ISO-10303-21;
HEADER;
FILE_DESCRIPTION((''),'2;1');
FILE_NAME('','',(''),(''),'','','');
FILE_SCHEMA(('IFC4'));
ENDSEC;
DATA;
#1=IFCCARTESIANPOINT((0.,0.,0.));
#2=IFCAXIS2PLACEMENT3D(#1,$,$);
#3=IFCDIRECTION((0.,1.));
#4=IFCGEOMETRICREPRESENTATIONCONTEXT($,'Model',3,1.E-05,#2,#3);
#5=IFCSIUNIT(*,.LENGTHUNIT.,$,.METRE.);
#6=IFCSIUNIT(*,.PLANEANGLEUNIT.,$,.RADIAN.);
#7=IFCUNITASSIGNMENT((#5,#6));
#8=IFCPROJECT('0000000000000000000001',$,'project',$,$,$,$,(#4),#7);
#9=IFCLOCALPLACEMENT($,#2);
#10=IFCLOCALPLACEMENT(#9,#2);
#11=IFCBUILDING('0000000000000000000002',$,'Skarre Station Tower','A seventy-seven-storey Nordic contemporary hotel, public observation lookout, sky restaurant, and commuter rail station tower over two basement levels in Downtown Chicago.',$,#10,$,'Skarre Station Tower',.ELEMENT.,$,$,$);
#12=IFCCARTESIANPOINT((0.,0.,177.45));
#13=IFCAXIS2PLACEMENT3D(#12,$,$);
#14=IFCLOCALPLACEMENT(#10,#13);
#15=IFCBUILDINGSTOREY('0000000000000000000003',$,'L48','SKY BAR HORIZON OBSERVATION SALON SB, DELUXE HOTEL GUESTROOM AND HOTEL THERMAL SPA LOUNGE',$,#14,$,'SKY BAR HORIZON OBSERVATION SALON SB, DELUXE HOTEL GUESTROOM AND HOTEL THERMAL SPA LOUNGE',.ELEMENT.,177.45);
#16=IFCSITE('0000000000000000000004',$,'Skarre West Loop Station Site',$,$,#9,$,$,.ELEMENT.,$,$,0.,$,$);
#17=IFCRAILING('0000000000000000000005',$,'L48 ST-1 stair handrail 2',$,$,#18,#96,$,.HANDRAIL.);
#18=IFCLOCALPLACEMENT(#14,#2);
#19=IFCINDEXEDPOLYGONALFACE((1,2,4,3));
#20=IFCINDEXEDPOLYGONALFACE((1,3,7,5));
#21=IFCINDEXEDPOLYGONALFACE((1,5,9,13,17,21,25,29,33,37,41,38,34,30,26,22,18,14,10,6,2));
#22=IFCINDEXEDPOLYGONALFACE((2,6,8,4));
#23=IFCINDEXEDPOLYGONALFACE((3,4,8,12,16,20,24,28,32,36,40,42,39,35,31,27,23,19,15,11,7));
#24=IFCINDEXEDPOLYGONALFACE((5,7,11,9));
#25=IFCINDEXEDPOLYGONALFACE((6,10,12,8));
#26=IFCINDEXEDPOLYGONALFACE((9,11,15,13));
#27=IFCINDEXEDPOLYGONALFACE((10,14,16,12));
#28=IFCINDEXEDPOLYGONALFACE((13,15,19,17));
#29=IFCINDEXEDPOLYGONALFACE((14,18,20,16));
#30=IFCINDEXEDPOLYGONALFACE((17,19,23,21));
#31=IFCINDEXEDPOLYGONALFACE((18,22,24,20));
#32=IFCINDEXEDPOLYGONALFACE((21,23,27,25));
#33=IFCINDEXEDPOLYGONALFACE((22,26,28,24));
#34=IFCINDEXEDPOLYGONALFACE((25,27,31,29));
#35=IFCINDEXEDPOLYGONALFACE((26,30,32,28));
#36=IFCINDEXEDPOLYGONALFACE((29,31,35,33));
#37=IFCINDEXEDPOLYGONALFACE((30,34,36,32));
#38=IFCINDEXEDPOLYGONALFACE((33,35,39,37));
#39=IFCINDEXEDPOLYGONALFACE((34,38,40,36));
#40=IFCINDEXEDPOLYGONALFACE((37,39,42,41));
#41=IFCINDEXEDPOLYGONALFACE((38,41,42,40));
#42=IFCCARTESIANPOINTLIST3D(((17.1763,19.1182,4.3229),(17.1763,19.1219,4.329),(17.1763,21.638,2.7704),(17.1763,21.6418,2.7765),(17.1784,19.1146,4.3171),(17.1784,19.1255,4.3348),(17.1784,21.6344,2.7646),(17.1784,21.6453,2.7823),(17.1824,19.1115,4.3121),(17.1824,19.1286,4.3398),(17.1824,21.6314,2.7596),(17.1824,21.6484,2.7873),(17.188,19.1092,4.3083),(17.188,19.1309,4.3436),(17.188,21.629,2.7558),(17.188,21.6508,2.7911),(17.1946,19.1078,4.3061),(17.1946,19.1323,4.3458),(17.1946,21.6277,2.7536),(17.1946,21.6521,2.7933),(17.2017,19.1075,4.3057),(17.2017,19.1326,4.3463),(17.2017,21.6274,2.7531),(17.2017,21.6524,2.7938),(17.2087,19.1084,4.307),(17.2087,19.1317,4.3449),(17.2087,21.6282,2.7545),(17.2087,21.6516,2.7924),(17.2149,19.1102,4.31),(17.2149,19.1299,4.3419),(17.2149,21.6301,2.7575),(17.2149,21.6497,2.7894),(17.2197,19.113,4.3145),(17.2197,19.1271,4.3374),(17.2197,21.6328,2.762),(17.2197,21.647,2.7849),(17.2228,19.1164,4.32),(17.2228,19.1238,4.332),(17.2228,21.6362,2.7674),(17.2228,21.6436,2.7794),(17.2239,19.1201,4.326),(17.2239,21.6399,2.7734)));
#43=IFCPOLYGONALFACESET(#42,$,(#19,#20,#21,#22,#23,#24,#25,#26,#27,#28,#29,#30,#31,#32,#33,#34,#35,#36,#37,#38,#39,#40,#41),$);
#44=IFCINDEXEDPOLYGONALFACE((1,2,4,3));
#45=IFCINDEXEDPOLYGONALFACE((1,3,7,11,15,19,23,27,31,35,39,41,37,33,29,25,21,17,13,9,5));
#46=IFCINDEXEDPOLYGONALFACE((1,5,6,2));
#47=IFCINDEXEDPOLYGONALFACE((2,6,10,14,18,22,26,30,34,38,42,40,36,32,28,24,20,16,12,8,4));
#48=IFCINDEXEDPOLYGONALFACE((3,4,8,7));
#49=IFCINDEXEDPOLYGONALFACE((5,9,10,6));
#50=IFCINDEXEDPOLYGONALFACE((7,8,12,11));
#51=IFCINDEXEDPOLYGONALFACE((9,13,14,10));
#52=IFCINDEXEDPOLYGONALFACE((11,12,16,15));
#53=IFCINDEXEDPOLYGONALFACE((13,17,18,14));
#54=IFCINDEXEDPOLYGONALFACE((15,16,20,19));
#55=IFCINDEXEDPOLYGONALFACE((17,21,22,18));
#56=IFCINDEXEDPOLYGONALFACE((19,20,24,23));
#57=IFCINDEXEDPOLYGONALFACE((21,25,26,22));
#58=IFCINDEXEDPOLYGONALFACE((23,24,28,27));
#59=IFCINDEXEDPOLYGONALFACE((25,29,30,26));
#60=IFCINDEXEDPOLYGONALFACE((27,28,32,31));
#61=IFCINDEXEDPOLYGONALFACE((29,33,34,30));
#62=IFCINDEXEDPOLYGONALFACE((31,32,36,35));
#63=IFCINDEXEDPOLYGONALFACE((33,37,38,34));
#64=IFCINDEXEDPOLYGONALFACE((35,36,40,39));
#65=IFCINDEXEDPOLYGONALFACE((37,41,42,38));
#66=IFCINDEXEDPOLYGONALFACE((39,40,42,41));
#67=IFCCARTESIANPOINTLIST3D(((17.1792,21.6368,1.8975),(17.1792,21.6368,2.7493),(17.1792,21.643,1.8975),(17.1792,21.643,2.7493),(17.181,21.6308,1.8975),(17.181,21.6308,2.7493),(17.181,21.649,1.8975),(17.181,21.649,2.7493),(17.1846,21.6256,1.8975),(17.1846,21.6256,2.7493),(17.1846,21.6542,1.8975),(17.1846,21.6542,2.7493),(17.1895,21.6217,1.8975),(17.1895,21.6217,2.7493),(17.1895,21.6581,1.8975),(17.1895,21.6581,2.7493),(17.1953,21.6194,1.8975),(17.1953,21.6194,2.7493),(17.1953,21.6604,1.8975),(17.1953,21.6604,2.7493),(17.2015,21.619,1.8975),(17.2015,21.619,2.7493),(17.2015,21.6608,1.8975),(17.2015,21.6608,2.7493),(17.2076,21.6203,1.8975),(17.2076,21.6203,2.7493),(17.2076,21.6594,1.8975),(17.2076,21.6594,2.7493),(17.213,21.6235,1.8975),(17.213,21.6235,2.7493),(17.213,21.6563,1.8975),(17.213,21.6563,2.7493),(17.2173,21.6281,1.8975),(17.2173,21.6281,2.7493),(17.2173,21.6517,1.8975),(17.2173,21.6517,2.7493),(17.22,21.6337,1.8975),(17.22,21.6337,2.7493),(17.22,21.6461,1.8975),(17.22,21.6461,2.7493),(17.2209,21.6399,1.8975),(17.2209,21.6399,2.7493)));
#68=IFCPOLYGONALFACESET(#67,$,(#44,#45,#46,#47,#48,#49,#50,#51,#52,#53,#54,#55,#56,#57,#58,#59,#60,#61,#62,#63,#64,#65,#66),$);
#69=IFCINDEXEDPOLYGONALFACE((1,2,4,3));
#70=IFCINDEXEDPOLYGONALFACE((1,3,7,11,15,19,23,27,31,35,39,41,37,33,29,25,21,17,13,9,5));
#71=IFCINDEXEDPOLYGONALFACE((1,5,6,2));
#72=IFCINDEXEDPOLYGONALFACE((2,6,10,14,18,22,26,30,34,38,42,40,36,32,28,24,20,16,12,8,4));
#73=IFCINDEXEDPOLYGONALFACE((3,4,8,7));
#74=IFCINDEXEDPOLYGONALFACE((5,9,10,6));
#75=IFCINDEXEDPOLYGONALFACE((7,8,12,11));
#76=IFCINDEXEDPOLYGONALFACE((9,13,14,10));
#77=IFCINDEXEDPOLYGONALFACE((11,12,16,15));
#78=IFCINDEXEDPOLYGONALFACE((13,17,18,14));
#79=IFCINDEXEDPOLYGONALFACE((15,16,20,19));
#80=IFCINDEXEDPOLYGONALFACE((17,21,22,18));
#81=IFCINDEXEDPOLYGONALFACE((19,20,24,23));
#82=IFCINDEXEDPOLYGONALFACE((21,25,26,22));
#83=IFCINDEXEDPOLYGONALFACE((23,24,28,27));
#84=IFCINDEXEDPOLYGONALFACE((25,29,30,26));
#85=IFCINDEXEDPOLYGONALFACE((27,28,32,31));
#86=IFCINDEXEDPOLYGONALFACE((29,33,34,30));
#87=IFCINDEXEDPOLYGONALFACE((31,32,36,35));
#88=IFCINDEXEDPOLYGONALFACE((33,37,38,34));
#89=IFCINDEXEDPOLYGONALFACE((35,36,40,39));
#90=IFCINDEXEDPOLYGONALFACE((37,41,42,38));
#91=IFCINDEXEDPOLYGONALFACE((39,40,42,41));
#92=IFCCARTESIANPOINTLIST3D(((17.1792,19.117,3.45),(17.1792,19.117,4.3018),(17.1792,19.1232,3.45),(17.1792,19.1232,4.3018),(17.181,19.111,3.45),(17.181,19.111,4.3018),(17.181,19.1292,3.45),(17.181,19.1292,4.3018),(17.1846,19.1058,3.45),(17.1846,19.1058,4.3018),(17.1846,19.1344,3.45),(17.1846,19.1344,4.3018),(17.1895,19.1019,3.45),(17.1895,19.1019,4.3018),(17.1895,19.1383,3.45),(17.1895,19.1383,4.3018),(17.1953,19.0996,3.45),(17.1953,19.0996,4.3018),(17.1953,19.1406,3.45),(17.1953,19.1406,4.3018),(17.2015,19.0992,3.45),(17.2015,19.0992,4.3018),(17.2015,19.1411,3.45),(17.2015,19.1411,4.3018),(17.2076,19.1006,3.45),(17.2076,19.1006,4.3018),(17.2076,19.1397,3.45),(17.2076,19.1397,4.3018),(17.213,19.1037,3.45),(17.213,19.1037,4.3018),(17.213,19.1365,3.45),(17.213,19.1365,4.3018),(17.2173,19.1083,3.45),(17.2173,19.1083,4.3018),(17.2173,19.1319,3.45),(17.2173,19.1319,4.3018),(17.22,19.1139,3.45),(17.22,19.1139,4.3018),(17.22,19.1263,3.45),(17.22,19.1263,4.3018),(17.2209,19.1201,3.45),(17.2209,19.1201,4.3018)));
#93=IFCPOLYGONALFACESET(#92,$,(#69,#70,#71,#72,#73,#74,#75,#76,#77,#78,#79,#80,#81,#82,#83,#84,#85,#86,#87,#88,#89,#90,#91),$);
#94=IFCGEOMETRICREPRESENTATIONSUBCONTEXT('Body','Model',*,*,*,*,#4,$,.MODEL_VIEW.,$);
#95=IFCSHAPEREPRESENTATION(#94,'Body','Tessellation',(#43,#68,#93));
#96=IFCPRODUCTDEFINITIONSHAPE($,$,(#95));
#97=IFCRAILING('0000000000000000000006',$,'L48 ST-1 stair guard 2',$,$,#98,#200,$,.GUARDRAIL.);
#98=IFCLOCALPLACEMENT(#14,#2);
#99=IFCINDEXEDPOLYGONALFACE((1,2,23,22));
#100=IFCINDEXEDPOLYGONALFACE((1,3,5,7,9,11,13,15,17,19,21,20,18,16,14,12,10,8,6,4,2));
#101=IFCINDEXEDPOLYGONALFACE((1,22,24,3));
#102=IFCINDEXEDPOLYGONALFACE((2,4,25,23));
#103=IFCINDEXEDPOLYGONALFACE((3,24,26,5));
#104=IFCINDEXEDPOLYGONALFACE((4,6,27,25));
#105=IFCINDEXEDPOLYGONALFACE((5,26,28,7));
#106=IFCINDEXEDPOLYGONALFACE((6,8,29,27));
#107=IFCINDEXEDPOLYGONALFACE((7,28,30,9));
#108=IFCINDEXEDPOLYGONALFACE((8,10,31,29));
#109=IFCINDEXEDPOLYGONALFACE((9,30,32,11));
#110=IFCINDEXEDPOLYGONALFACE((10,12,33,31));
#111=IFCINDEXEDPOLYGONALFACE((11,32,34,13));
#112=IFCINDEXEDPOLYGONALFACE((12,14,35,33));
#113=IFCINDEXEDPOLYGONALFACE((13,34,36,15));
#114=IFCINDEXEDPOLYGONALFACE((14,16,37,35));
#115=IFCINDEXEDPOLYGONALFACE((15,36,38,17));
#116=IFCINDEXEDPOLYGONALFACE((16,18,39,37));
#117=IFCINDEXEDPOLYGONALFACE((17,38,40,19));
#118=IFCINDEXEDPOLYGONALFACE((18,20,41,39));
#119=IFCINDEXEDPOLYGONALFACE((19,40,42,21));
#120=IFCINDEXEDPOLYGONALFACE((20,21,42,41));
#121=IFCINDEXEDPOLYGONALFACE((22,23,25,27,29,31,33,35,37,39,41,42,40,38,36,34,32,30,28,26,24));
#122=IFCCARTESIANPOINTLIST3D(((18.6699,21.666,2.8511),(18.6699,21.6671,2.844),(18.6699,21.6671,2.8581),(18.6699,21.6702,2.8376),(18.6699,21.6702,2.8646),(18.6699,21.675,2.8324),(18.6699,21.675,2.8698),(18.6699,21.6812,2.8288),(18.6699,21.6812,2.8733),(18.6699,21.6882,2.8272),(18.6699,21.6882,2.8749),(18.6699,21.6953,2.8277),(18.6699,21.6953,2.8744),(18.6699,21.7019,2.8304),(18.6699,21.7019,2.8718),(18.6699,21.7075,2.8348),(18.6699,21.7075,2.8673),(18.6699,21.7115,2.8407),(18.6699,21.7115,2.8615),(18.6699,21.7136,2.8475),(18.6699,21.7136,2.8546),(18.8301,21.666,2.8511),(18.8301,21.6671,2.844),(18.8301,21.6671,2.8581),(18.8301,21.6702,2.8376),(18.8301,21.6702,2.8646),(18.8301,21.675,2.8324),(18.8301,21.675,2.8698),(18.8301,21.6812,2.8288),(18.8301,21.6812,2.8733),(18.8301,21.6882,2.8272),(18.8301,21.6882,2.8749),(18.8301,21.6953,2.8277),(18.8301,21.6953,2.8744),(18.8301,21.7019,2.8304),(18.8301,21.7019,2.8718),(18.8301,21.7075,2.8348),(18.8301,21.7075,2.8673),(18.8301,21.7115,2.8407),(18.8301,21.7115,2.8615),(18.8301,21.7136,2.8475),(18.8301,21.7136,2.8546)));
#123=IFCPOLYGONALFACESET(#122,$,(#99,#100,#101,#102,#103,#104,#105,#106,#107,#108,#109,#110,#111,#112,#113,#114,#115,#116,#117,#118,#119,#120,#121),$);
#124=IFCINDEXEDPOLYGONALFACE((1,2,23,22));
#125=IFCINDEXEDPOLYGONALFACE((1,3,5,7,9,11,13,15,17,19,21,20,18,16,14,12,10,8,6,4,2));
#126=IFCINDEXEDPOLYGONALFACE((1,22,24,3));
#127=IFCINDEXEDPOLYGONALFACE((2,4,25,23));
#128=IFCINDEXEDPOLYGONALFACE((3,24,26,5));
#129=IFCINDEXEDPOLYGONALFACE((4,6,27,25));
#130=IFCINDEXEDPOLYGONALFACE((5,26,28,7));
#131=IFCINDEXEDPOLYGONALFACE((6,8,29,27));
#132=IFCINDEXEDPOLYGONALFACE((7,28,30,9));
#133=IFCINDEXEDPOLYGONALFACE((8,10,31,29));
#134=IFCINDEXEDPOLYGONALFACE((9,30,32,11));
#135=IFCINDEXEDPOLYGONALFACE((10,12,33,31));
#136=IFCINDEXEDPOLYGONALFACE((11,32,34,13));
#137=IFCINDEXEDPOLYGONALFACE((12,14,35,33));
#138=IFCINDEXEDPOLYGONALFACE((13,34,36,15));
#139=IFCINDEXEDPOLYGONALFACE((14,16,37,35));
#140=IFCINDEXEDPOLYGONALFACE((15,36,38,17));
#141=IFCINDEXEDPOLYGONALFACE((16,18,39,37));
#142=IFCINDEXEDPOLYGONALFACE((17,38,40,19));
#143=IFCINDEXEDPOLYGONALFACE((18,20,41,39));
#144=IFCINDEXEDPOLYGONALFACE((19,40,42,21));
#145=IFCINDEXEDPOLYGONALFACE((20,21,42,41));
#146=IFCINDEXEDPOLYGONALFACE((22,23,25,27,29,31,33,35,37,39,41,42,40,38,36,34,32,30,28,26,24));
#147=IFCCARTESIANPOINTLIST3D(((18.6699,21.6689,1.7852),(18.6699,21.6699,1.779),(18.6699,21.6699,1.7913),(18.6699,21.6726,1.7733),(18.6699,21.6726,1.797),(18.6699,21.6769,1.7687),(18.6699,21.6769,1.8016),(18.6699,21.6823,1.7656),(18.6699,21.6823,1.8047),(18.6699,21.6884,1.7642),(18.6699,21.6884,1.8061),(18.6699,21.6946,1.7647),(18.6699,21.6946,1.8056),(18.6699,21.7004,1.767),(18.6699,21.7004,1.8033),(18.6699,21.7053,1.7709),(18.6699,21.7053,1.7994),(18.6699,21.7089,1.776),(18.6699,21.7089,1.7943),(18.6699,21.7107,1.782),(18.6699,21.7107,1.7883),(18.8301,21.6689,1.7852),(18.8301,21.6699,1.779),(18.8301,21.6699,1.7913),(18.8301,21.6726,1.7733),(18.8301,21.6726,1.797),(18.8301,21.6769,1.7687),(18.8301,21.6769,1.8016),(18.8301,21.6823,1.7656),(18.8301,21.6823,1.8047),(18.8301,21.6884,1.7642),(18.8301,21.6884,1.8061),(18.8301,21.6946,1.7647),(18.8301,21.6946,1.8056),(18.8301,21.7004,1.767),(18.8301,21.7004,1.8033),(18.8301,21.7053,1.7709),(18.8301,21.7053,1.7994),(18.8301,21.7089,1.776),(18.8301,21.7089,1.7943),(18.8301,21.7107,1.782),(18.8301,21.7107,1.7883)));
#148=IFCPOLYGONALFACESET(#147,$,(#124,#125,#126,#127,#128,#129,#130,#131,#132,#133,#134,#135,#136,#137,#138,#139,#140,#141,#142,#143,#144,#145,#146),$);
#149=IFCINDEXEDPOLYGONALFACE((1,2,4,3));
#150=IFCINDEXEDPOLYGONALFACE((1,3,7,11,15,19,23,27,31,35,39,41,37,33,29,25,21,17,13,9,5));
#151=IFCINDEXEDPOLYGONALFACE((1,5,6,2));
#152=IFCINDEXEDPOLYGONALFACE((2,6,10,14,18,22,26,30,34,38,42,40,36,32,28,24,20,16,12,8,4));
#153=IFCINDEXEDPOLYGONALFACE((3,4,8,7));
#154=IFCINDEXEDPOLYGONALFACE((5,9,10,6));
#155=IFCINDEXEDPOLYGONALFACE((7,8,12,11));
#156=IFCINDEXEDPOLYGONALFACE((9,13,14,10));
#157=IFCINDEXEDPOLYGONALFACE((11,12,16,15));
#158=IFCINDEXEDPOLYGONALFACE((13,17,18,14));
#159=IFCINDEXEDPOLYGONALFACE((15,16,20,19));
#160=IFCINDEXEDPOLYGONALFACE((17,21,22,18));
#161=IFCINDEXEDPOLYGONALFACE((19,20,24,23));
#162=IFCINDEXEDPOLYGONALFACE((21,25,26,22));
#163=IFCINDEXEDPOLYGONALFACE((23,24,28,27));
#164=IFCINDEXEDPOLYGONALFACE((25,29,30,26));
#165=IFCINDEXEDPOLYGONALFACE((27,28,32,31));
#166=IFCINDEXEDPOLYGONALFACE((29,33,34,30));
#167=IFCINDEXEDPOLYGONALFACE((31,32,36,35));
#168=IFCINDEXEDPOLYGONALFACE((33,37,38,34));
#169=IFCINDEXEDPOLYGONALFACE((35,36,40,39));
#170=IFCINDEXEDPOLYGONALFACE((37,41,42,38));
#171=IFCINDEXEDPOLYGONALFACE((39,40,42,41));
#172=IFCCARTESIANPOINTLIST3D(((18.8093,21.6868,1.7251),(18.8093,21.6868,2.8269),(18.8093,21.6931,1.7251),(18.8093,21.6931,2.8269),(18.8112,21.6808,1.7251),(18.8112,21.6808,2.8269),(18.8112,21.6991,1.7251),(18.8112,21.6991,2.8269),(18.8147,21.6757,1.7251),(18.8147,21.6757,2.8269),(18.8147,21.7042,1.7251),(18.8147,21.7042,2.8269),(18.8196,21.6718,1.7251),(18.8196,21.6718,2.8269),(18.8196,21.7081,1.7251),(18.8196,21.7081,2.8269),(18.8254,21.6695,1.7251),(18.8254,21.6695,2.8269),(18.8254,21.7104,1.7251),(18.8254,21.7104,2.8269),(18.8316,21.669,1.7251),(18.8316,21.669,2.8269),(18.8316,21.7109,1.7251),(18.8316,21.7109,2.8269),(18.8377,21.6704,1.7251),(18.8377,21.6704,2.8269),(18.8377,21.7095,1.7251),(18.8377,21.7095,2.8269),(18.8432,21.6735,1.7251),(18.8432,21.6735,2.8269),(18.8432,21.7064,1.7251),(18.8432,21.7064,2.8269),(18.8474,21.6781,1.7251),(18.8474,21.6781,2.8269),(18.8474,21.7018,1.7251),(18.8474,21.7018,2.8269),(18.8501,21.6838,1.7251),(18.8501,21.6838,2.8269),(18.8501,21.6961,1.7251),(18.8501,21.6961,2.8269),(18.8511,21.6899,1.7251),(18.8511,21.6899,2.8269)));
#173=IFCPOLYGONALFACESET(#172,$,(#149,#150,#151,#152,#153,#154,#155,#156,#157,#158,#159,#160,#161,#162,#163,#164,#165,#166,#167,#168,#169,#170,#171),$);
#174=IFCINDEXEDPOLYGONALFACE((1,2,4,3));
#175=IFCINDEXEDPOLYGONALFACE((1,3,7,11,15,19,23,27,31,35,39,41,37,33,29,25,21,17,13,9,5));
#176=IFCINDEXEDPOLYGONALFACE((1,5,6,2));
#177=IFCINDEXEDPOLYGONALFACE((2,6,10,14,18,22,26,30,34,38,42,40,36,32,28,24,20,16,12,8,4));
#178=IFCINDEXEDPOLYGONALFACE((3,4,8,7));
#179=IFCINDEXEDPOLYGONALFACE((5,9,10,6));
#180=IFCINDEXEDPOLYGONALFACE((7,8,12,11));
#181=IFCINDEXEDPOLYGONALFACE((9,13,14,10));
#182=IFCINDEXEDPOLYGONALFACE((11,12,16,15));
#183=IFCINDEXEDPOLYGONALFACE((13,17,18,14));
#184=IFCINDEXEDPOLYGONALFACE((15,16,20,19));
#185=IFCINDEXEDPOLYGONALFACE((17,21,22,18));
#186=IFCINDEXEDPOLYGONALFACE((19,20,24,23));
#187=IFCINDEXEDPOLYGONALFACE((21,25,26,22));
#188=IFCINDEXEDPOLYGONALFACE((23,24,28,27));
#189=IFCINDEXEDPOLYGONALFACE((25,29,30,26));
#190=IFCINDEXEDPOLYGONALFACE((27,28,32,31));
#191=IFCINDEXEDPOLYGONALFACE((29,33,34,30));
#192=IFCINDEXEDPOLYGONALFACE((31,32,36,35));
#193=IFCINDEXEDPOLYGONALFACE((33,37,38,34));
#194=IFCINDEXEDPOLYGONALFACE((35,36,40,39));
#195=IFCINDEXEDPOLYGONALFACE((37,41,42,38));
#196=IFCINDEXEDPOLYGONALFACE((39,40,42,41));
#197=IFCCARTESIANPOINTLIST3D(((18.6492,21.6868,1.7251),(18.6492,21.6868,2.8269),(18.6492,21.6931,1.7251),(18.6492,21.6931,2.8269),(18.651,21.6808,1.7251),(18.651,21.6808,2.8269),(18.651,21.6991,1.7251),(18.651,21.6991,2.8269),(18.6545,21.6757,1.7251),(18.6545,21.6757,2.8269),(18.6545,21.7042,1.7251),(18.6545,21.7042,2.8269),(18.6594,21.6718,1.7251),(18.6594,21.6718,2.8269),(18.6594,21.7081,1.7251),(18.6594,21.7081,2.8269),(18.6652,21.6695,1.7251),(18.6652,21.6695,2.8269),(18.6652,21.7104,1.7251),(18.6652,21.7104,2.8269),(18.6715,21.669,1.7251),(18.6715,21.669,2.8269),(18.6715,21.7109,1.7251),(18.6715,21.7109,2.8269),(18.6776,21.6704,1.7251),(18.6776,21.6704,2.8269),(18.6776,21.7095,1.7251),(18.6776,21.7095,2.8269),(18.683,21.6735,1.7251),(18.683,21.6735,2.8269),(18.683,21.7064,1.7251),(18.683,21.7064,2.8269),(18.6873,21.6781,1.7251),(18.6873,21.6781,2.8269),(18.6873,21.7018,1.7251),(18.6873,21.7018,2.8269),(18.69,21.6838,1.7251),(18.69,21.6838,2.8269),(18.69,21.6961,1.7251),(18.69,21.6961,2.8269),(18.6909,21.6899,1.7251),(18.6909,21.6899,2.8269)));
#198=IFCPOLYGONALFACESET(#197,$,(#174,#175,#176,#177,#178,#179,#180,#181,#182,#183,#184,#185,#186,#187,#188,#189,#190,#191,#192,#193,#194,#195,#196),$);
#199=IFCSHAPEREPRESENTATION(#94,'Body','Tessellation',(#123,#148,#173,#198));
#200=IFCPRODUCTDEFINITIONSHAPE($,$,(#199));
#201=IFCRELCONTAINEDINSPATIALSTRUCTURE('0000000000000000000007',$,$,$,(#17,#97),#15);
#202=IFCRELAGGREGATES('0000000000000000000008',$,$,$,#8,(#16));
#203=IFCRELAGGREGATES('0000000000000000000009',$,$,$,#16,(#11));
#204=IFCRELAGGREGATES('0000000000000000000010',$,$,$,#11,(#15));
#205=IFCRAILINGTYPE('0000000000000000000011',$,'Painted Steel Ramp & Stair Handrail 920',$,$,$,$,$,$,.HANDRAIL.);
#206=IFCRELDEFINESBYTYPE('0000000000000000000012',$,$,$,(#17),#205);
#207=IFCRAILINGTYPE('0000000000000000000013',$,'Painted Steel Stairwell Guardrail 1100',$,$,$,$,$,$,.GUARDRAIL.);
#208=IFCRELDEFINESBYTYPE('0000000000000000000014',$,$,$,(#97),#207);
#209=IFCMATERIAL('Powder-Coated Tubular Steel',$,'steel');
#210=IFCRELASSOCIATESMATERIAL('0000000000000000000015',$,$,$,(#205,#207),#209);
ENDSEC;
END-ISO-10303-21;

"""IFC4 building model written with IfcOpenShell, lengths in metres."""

from ifc_helpers import new_model, si_unit, direction, frame, origin, origin_2d, place, context, subcontext, project, spatial, circle, extrude, material, type_object, element, save


model = new_model("IFC4")

# Units and contexts
model_context = context("Model", 3, precision=1e-05, world=origin(), true_north=direction((0.0, 1.0)))
body_context = subcontext(model_context, "Body", "Model", "MODEL_VIEW")
ifc_project = project(units=[si_unit("LENGTHUNIT", "METRE"), si_unit("PLANEANGLEUNIT", "RADIAN")], contexts=[model_context])

# Site, building, storey
site_placement = place(None, origin())
site = spatial("IfcSite", under=ifc_project, at=site_placement, Name="Skarre West Loop Station Site", CompositionType="ELEMENT", RefElevation=0.0)
building_placement = place(site_placement, origin())
building = spatial("IfcBuilding", under=site, at=building_placement, Name="Skarre Station Tower", Description="A seventy-seven-storey Nordic contemporary hotel, public observation lookout, sky restaurant, and commuter rail station tower over two basement levels in Downtown Chicago.", LongName="Skarre Station Tower", CompositionType="ELEMENT")
storey_placement = place(building_placement, frame((0.0, 0.0, 177.45)))
storey = spatial("IfcBuildingStorey", under=building, at=storey_placement, Name="L48", Description="SKY BAR HORIZON OBSERVATION SALON SB, DELUXE HOTEL GUESTROOM AND HOTEL THERMAL SPA LOUNGE", LongName="SKY BAR HORIZON OBSERVATION SALON SB, DELUXE HOTEL GUESTROOM AND HOTEL THERMAL SPA LOUNGE", CompositionType="ELEMENT", Elevation=177.45)

# Railings
ifc_material_1 = material(Name="Powder-Coated Tubular Steel", Category="steel")
railing_type_1 = type_object("IfcRailingType", Name="Painted Steel Ramp & Stair Handrail 920", PredefinedType="HANDRAIL", material=ifc_material_1)
railing_1_placement = place(storey_placement, frame((17.2, 21.6399, 1.8975)))
element("IfcRailing", 1, at=railing_1_placement, inside=storey, type_object=railing_type_1, Name="L48 ST-1 stair handrail 2", PredefinedType="HANDRAIL", context=body_context, shape_type="SweptSolid", body=[
    extrude(circle(Radius=0.0239, at=origin_2d()), frame((0.0, 0.0, 0.876), z_axis=(0.0, -0.851378, 0.524553), x_axis=(1.0, 0.0, 0.0)), (0.0, 0.0, 1.0), 2.9597),
    extrude(circle(Radius=0.021, at=origin_2d()), origin(), (0.0, 0.0, 1.0), 0.8518),
    extrude(circle(Radius=0.021, at=origin_2d()), frame((0.0, -2.5198, 1.5525)), (0.0, 0.0, 1.0), 0.8518),
])
railing_type_2 = type_object("IfcRailingType", Name="Painted Steel Stairwell Guardrail 1100", PredefinedType="GUARDRAIL", material=ifc_material_1)
railing_2_placement = place(storey_placement, frame((18.8301, 21.6899, 1.7251)))
element("IfcRailing", 2, at=railing_2_placement, inside=storey, type_object=railing_type_2, Name="L48 ST-1 stair guard 2", PredefinedType="GUARDRAIL", context=body_context, shape_type="SweptSolid", body=[
    extrude(circle(Radius=0.0239, at=origin_2d()), frame((0.0, 0.0, 1.126), z_axis=(-1.0, 0.0, 0.0), x_axis=(0.0, -1.0, 0.0)), (0.0, 0.0, 1.0), 0.1602),
    extrude(circle(Radius=0.021, at=origin_2d()), frame((0.0, 0.0, 0.0601), z_axis=(-1.0, 0.0, 0.0), x_axis=(0.0, -1.0, 0.0)), (0.0, 0.0, 1.0), 0.1602),
    extrude(circle(Radius=0.021, at=origin_2d()), origin(), (0.0, 0.0, 1.0), 1.1018),
    extrude(circle(Radius=0.021, at=origin_2d()), frame((-0.1602, 0.0, 0.0)), (0.0, 0.0, 1.0), 1.1018),
])

save(model, "model.ifc")
